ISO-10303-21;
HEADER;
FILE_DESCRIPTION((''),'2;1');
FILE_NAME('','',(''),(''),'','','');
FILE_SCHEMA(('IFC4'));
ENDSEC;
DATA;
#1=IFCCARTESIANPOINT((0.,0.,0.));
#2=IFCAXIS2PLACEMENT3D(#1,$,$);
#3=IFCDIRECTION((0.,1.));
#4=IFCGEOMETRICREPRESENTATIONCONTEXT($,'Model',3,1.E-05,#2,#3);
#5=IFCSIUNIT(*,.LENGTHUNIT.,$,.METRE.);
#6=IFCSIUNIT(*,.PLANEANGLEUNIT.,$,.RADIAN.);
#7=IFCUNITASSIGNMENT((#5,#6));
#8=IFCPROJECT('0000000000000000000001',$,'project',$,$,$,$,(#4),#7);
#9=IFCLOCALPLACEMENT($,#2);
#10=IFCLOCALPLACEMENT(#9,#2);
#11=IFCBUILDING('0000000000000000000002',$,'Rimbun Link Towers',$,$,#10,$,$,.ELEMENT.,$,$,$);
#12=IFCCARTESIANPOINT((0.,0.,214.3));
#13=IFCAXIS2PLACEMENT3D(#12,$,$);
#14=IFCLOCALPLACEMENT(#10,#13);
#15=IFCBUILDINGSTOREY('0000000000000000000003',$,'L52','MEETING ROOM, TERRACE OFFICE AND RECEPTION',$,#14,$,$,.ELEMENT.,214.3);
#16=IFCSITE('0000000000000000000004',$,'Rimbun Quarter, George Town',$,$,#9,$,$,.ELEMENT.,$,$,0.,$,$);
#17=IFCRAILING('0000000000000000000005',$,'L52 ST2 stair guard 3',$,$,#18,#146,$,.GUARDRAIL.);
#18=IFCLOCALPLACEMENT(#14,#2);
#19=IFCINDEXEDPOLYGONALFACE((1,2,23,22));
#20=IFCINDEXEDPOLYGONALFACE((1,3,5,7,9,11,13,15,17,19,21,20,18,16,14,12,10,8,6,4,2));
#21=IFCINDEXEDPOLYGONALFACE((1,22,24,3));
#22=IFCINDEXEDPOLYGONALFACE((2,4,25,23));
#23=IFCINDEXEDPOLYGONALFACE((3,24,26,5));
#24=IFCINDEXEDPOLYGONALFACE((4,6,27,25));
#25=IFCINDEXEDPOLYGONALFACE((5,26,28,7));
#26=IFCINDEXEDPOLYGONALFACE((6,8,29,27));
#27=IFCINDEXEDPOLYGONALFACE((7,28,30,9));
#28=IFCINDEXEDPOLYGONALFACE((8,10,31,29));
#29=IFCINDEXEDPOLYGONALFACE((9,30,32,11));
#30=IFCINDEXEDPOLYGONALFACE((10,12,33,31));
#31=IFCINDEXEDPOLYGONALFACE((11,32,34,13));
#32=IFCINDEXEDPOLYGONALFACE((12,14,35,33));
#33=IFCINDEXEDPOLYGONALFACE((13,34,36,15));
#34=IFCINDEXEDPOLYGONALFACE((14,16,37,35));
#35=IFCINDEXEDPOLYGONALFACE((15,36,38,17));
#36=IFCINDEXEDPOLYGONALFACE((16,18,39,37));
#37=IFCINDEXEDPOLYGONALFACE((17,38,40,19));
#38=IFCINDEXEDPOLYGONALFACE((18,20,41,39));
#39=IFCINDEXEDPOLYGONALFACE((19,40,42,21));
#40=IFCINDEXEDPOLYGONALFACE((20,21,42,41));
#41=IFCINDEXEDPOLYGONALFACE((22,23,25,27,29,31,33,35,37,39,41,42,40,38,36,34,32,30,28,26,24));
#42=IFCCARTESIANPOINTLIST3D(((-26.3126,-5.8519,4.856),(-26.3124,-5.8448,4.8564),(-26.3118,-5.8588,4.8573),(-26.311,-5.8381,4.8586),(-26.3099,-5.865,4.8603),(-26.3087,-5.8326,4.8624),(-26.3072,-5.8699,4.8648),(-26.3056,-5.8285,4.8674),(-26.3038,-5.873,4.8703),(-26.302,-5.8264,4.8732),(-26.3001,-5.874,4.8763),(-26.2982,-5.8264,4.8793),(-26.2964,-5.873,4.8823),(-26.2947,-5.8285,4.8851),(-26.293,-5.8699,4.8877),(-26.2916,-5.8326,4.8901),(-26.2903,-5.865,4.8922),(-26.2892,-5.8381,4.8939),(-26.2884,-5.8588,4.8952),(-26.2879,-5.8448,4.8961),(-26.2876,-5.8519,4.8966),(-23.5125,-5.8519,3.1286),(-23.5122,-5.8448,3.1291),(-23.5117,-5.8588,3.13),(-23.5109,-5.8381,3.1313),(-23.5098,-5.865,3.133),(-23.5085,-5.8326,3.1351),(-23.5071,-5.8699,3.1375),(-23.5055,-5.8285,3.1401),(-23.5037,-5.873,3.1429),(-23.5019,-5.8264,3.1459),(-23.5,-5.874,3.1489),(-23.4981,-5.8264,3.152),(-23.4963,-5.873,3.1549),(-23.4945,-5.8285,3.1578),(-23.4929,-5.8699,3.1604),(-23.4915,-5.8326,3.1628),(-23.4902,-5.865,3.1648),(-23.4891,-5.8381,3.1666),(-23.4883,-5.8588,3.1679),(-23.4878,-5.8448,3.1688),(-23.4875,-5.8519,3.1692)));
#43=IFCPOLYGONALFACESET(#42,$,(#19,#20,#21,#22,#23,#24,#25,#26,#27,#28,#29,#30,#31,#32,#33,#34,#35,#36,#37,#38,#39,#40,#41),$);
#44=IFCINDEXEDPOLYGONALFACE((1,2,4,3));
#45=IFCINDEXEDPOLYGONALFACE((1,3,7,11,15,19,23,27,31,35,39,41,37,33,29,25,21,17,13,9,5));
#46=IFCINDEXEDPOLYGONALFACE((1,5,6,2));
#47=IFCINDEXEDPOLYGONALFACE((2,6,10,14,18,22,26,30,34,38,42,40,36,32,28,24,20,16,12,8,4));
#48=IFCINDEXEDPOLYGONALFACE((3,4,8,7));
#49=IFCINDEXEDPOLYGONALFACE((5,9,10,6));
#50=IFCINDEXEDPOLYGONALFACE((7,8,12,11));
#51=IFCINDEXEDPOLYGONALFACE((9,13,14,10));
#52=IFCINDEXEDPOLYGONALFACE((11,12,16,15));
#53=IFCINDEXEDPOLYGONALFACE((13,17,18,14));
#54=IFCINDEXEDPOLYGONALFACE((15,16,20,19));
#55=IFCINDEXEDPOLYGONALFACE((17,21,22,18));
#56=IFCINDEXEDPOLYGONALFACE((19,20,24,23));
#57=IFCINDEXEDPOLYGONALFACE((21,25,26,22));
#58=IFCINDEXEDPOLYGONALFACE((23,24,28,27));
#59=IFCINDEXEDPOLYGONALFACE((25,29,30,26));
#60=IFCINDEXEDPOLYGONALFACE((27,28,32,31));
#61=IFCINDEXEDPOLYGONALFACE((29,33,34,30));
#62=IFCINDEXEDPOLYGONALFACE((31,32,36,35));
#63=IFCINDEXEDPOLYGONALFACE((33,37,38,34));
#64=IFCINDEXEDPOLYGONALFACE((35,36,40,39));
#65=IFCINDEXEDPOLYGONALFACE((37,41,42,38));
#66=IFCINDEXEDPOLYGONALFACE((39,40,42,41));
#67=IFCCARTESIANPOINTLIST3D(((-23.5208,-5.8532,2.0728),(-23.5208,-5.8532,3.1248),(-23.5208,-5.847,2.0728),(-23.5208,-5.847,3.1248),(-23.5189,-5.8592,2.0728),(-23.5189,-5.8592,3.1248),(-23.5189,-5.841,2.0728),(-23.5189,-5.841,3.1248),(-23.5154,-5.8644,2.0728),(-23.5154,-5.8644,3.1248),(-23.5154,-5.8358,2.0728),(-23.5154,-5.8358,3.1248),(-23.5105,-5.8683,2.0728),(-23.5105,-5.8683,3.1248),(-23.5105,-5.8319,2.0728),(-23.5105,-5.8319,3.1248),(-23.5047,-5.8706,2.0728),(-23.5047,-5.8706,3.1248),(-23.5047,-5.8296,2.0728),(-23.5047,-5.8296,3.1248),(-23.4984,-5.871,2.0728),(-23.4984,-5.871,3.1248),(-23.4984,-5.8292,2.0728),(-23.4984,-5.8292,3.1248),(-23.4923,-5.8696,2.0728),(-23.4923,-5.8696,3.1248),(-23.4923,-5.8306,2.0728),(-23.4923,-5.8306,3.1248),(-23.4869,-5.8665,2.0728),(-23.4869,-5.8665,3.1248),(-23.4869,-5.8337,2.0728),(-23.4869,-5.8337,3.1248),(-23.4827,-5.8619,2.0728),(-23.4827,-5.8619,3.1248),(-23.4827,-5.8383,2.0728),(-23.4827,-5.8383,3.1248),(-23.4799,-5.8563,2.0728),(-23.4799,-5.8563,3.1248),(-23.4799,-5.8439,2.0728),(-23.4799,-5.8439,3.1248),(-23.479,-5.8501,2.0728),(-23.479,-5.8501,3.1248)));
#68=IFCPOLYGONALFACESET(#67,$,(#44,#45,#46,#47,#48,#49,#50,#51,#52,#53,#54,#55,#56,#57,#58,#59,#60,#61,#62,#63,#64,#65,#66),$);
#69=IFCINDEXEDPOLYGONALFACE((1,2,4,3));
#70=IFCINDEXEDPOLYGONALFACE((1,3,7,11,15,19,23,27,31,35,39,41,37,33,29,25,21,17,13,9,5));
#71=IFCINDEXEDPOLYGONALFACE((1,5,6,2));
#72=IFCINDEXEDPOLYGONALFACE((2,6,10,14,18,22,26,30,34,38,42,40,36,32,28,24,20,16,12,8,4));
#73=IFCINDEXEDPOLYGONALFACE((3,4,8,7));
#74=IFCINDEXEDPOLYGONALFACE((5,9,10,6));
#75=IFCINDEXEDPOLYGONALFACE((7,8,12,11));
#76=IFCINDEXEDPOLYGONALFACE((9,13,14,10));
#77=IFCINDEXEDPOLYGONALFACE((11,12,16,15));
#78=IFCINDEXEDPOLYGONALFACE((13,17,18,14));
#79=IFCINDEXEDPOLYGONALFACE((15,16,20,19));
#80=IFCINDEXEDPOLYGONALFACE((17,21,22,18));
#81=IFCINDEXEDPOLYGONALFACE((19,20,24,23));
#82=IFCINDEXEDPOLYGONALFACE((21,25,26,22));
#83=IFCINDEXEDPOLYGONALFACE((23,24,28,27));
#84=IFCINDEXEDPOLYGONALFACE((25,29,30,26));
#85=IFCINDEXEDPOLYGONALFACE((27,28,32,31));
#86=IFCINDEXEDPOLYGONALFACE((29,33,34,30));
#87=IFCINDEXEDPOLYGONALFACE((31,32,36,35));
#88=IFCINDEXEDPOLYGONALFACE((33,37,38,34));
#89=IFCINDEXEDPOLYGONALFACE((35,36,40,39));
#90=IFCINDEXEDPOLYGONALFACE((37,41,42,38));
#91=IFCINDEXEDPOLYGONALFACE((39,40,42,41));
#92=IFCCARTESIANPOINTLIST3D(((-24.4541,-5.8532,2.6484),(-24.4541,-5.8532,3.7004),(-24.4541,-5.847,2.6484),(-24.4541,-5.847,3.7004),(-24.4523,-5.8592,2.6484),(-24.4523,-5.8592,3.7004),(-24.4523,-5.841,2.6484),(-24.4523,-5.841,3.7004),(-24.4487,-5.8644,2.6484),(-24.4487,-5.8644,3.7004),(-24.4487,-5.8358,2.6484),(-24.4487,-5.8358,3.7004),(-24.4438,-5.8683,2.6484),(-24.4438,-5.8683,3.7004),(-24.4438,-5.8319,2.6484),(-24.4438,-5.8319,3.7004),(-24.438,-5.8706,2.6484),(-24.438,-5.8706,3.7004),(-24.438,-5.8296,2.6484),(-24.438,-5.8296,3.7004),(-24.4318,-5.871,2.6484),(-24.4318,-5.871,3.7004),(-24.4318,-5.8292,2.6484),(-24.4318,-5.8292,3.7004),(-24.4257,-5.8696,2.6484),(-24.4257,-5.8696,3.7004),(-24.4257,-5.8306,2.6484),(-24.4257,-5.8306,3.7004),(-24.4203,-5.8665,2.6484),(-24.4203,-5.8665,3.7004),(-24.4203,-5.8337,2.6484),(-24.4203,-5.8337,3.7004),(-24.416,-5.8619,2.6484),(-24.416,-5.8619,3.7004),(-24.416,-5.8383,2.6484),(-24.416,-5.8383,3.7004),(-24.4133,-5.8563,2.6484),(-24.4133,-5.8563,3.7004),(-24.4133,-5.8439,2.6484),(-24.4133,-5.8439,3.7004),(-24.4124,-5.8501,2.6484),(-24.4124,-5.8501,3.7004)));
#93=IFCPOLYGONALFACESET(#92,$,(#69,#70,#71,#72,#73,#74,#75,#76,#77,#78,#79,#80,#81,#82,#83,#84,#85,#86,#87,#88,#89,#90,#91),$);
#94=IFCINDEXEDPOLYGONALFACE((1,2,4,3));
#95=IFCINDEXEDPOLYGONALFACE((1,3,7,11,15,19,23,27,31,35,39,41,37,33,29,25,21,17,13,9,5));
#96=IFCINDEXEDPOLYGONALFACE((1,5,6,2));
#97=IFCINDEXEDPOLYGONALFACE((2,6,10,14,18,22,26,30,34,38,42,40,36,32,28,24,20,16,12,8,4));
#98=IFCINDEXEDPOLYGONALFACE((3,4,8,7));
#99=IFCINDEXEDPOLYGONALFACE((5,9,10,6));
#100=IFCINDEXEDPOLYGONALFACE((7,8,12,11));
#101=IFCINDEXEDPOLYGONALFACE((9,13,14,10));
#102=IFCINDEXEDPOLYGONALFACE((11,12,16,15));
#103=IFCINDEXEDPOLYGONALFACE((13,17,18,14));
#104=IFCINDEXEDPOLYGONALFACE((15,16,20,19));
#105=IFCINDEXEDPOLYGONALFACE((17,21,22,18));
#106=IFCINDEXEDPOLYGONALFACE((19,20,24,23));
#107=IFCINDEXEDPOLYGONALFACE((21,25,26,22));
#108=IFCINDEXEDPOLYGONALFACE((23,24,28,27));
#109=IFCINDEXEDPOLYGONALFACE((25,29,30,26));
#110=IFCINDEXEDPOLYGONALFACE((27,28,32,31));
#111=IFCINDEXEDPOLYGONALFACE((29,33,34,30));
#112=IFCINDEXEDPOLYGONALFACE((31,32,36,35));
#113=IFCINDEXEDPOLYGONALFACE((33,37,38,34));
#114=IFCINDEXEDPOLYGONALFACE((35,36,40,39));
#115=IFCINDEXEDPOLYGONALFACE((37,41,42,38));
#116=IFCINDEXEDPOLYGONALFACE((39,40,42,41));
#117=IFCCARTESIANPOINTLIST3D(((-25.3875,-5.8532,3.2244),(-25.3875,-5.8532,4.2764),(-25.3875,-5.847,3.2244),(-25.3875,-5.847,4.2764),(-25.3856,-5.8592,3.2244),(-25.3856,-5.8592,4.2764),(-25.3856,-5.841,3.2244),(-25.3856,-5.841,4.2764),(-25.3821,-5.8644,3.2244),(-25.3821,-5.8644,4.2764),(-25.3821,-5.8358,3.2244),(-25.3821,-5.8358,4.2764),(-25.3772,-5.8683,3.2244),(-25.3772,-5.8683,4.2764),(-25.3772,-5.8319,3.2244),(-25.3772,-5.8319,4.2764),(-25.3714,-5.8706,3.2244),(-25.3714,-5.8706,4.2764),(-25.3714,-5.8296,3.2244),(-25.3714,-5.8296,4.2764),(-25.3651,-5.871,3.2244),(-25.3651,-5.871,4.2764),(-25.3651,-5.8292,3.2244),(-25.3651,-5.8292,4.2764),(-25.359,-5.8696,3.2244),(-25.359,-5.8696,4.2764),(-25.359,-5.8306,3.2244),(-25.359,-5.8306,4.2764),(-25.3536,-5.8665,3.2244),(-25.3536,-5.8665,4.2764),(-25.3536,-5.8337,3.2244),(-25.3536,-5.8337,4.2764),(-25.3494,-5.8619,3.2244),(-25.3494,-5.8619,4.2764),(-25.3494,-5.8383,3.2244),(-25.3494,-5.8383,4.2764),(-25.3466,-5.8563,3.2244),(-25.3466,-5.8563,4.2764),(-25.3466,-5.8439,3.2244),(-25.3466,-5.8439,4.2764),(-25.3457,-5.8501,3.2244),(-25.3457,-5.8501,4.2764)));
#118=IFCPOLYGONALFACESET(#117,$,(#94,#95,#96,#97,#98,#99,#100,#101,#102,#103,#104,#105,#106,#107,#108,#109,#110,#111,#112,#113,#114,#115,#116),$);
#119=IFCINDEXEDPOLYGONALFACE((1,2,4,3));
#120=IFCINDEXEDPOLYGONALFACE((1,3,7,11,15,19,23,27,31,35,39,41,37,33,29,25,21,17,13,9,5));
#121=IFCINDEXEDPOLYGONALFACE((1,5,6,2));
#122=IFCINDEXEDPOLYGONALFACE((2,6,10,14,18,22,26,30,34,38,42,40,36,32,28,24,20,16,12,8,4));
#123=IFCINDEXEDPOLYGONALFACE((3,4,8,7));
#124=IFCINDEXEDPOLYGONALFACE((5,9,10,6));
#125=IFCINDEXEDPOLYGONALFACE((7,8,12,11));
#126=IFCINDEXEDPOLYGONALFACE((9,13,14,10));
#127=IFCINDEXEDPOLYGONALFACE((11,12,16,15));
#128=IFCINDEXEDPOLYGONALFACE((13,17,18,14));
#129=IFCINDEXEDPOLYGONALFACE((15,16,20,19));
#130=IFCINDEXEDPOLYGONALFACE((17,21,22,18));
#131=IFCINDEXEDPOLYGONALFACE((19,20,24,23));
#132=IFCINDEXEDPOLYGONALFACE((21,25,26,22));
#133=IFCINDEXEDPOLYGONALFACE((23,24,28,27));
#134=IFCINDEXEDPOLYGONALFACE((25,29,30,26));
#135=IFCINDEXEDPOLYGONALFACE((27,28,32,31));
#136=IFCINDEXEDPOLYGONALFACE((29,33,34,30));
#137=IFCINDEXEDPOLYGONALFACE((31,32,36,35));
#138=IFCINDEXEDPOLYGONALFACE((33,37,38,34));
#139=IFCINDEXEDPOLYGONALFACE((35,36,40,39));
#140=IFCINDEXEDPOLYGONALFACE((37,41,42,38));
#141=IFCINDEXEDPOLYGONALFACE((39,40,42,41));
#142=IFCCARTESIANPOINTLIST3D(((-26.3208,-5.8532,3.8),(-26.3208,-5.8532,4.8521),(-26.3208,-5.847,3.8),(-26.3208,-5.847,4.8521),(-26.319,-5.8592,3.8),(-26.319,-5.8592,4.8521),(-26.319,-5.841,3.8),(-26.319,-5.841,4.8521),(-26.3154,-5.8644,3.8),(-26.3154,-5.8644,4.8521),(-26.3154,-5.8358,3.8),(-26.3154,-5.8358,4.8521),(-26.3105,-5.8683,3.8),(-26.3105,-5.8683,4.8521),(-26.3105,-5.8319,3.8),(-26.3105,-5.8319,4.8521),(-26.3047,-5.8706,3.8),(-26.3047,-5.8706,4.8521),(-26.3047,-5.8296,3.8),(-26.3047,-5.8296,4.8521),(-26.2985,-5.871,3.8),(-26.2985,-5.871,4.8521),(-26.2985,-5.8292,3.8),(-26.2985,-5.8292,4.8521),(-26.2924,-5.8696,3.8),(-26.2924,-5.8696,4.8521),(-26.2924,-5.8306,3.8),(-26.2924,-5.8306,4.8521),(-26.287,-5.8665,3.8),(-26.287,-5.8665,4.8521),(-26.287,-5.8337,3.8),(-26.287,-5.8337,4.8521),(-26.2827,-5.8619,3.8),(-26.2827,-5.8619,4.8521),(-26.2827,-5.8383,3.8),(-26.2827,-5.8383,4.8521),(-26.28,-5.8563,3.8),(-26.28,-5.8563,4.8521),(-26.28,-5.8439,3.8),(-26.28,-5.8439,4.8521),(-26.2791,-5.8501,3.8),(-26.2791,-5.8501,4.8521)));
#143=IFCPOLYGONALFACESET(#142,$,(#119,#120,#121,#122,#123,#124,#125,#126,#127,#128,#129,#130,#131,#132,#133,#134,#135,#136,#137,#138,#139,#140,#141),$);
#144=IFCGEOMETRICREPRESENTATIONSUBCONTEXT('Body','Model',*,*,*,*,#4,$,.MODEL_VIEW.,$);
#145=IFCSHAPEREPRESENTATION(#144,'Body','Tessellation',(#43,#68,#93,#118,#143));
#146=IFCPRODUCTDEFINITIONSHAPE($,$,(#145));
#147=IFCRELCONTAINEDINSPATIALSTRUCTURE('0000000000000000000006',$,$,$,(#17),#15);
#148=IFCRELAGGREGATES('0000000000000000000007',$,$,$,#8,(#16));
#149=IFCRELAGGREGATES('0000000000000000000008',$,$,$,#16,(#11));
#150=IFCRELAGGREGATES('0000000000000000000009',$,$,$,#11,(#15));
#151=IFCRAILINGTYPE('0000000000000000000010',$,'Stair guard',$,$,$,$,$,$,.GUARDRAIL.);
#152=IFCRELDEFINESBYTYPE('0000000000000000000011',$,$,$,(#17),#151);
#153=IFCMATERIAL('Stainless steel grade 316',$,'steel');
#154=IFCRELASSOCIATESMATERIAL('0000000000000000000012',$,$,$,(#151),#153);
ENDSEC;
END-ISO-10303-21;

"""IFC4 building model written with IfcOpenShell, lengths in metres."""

from ifc_helpers import new_model, si_unit, direction, frame, origin, origin_2d, place, context, subcontext, project, spatial, circle, extrude, material, type_object, element, save


model = new_model("IFC4")

# Units and contexts
model_context = context("Model", 3, precision=1e-05, world=origin(), true_north=direction((0.0, 1.0)))
body_context = subcontext(model_context, "Body", "Model", "MODEL_VIEW")
ifc_project = project(units=[si_unit("LENGTHUNIT", "METRE"), si_unit("PLANEANGLEUNIT", "RADIAN")], contexts=[model_context])

# Site, building, storey
site_placement = place(None, origin())
site = spatial("IfcSite", under=ifc_project, at=site_placement, Name="Rimbun Quarter, George Town", CompositionType="ELEMENT", RefElevation=0.0)
building_placement = place(site_placement, origin())
building = spatial("IfcBuilding", under=site, at=building_placement, Name="Rimbun Link Towers", CompositionType="ELEMENT")
storey_placement = place(building_placement, frame((0.0, 0.0, 214.3)))
storey = spatial("IfcBuildingStorey", under=building, at=storey_placement, Name="L52", Description="MEETING ROOM, TERRACE OFFICE AND RECEPTION", CompositionType="ELEMENT", Elevation=214.3)

# Railing
ifc_material_1 = material(Name="Stainless steel grade 316", Category="steel")
railing_type_1 = type_object("IfcRailingType", Name="Stair guard", PredefinedType="GUARDRAIL", material=ifc_material_1)
railing_1_placement = place(storey_placement, frame((-23.5, -5.8501, 2.0728)))
element("IfcRailing", 1, at=railing_1_placement, inside=storey, type_object=railing_type_1, Name="L52 ST2 stair guard 3", PredefinedType="GUARDRAIL", context=body_context, shape_type="SweptSolid", body=[
    extrude(circle(Radius=0.0239, at=origin_2d()), frame((0.0, 0.0, 1.0762), z_axis=(-0.85109, 0.0, 0.52502), x_axis=(0.0, -1.0, 0.0)), (0.0, 0.0, 1.0), 3.29),
    extrude(circle(Radius=0.021, at=origin_2d()), origin(), (0.0, 0.0, 1.0), 1.052),
    extrude(circle(Radius=0.021, at=origin_2d()), frame((-0.9333, 0.0, 0.5757)), (0.0, 0.0, 1.0), 1.052),
    extrude(circle(Radius=0.021, at=origin_2d()), frame((-1.8667, 0.0, 1.1516)), (0.0, 0.0, 1.0), 1.052),
    extrude(circle(Radius=0.021, at=origin_2d()), frame((-2.8, 0.0, 1.7273)), (0.0, 0.0, 1.0), 1.052),
])

save(model, "model.ifc")
